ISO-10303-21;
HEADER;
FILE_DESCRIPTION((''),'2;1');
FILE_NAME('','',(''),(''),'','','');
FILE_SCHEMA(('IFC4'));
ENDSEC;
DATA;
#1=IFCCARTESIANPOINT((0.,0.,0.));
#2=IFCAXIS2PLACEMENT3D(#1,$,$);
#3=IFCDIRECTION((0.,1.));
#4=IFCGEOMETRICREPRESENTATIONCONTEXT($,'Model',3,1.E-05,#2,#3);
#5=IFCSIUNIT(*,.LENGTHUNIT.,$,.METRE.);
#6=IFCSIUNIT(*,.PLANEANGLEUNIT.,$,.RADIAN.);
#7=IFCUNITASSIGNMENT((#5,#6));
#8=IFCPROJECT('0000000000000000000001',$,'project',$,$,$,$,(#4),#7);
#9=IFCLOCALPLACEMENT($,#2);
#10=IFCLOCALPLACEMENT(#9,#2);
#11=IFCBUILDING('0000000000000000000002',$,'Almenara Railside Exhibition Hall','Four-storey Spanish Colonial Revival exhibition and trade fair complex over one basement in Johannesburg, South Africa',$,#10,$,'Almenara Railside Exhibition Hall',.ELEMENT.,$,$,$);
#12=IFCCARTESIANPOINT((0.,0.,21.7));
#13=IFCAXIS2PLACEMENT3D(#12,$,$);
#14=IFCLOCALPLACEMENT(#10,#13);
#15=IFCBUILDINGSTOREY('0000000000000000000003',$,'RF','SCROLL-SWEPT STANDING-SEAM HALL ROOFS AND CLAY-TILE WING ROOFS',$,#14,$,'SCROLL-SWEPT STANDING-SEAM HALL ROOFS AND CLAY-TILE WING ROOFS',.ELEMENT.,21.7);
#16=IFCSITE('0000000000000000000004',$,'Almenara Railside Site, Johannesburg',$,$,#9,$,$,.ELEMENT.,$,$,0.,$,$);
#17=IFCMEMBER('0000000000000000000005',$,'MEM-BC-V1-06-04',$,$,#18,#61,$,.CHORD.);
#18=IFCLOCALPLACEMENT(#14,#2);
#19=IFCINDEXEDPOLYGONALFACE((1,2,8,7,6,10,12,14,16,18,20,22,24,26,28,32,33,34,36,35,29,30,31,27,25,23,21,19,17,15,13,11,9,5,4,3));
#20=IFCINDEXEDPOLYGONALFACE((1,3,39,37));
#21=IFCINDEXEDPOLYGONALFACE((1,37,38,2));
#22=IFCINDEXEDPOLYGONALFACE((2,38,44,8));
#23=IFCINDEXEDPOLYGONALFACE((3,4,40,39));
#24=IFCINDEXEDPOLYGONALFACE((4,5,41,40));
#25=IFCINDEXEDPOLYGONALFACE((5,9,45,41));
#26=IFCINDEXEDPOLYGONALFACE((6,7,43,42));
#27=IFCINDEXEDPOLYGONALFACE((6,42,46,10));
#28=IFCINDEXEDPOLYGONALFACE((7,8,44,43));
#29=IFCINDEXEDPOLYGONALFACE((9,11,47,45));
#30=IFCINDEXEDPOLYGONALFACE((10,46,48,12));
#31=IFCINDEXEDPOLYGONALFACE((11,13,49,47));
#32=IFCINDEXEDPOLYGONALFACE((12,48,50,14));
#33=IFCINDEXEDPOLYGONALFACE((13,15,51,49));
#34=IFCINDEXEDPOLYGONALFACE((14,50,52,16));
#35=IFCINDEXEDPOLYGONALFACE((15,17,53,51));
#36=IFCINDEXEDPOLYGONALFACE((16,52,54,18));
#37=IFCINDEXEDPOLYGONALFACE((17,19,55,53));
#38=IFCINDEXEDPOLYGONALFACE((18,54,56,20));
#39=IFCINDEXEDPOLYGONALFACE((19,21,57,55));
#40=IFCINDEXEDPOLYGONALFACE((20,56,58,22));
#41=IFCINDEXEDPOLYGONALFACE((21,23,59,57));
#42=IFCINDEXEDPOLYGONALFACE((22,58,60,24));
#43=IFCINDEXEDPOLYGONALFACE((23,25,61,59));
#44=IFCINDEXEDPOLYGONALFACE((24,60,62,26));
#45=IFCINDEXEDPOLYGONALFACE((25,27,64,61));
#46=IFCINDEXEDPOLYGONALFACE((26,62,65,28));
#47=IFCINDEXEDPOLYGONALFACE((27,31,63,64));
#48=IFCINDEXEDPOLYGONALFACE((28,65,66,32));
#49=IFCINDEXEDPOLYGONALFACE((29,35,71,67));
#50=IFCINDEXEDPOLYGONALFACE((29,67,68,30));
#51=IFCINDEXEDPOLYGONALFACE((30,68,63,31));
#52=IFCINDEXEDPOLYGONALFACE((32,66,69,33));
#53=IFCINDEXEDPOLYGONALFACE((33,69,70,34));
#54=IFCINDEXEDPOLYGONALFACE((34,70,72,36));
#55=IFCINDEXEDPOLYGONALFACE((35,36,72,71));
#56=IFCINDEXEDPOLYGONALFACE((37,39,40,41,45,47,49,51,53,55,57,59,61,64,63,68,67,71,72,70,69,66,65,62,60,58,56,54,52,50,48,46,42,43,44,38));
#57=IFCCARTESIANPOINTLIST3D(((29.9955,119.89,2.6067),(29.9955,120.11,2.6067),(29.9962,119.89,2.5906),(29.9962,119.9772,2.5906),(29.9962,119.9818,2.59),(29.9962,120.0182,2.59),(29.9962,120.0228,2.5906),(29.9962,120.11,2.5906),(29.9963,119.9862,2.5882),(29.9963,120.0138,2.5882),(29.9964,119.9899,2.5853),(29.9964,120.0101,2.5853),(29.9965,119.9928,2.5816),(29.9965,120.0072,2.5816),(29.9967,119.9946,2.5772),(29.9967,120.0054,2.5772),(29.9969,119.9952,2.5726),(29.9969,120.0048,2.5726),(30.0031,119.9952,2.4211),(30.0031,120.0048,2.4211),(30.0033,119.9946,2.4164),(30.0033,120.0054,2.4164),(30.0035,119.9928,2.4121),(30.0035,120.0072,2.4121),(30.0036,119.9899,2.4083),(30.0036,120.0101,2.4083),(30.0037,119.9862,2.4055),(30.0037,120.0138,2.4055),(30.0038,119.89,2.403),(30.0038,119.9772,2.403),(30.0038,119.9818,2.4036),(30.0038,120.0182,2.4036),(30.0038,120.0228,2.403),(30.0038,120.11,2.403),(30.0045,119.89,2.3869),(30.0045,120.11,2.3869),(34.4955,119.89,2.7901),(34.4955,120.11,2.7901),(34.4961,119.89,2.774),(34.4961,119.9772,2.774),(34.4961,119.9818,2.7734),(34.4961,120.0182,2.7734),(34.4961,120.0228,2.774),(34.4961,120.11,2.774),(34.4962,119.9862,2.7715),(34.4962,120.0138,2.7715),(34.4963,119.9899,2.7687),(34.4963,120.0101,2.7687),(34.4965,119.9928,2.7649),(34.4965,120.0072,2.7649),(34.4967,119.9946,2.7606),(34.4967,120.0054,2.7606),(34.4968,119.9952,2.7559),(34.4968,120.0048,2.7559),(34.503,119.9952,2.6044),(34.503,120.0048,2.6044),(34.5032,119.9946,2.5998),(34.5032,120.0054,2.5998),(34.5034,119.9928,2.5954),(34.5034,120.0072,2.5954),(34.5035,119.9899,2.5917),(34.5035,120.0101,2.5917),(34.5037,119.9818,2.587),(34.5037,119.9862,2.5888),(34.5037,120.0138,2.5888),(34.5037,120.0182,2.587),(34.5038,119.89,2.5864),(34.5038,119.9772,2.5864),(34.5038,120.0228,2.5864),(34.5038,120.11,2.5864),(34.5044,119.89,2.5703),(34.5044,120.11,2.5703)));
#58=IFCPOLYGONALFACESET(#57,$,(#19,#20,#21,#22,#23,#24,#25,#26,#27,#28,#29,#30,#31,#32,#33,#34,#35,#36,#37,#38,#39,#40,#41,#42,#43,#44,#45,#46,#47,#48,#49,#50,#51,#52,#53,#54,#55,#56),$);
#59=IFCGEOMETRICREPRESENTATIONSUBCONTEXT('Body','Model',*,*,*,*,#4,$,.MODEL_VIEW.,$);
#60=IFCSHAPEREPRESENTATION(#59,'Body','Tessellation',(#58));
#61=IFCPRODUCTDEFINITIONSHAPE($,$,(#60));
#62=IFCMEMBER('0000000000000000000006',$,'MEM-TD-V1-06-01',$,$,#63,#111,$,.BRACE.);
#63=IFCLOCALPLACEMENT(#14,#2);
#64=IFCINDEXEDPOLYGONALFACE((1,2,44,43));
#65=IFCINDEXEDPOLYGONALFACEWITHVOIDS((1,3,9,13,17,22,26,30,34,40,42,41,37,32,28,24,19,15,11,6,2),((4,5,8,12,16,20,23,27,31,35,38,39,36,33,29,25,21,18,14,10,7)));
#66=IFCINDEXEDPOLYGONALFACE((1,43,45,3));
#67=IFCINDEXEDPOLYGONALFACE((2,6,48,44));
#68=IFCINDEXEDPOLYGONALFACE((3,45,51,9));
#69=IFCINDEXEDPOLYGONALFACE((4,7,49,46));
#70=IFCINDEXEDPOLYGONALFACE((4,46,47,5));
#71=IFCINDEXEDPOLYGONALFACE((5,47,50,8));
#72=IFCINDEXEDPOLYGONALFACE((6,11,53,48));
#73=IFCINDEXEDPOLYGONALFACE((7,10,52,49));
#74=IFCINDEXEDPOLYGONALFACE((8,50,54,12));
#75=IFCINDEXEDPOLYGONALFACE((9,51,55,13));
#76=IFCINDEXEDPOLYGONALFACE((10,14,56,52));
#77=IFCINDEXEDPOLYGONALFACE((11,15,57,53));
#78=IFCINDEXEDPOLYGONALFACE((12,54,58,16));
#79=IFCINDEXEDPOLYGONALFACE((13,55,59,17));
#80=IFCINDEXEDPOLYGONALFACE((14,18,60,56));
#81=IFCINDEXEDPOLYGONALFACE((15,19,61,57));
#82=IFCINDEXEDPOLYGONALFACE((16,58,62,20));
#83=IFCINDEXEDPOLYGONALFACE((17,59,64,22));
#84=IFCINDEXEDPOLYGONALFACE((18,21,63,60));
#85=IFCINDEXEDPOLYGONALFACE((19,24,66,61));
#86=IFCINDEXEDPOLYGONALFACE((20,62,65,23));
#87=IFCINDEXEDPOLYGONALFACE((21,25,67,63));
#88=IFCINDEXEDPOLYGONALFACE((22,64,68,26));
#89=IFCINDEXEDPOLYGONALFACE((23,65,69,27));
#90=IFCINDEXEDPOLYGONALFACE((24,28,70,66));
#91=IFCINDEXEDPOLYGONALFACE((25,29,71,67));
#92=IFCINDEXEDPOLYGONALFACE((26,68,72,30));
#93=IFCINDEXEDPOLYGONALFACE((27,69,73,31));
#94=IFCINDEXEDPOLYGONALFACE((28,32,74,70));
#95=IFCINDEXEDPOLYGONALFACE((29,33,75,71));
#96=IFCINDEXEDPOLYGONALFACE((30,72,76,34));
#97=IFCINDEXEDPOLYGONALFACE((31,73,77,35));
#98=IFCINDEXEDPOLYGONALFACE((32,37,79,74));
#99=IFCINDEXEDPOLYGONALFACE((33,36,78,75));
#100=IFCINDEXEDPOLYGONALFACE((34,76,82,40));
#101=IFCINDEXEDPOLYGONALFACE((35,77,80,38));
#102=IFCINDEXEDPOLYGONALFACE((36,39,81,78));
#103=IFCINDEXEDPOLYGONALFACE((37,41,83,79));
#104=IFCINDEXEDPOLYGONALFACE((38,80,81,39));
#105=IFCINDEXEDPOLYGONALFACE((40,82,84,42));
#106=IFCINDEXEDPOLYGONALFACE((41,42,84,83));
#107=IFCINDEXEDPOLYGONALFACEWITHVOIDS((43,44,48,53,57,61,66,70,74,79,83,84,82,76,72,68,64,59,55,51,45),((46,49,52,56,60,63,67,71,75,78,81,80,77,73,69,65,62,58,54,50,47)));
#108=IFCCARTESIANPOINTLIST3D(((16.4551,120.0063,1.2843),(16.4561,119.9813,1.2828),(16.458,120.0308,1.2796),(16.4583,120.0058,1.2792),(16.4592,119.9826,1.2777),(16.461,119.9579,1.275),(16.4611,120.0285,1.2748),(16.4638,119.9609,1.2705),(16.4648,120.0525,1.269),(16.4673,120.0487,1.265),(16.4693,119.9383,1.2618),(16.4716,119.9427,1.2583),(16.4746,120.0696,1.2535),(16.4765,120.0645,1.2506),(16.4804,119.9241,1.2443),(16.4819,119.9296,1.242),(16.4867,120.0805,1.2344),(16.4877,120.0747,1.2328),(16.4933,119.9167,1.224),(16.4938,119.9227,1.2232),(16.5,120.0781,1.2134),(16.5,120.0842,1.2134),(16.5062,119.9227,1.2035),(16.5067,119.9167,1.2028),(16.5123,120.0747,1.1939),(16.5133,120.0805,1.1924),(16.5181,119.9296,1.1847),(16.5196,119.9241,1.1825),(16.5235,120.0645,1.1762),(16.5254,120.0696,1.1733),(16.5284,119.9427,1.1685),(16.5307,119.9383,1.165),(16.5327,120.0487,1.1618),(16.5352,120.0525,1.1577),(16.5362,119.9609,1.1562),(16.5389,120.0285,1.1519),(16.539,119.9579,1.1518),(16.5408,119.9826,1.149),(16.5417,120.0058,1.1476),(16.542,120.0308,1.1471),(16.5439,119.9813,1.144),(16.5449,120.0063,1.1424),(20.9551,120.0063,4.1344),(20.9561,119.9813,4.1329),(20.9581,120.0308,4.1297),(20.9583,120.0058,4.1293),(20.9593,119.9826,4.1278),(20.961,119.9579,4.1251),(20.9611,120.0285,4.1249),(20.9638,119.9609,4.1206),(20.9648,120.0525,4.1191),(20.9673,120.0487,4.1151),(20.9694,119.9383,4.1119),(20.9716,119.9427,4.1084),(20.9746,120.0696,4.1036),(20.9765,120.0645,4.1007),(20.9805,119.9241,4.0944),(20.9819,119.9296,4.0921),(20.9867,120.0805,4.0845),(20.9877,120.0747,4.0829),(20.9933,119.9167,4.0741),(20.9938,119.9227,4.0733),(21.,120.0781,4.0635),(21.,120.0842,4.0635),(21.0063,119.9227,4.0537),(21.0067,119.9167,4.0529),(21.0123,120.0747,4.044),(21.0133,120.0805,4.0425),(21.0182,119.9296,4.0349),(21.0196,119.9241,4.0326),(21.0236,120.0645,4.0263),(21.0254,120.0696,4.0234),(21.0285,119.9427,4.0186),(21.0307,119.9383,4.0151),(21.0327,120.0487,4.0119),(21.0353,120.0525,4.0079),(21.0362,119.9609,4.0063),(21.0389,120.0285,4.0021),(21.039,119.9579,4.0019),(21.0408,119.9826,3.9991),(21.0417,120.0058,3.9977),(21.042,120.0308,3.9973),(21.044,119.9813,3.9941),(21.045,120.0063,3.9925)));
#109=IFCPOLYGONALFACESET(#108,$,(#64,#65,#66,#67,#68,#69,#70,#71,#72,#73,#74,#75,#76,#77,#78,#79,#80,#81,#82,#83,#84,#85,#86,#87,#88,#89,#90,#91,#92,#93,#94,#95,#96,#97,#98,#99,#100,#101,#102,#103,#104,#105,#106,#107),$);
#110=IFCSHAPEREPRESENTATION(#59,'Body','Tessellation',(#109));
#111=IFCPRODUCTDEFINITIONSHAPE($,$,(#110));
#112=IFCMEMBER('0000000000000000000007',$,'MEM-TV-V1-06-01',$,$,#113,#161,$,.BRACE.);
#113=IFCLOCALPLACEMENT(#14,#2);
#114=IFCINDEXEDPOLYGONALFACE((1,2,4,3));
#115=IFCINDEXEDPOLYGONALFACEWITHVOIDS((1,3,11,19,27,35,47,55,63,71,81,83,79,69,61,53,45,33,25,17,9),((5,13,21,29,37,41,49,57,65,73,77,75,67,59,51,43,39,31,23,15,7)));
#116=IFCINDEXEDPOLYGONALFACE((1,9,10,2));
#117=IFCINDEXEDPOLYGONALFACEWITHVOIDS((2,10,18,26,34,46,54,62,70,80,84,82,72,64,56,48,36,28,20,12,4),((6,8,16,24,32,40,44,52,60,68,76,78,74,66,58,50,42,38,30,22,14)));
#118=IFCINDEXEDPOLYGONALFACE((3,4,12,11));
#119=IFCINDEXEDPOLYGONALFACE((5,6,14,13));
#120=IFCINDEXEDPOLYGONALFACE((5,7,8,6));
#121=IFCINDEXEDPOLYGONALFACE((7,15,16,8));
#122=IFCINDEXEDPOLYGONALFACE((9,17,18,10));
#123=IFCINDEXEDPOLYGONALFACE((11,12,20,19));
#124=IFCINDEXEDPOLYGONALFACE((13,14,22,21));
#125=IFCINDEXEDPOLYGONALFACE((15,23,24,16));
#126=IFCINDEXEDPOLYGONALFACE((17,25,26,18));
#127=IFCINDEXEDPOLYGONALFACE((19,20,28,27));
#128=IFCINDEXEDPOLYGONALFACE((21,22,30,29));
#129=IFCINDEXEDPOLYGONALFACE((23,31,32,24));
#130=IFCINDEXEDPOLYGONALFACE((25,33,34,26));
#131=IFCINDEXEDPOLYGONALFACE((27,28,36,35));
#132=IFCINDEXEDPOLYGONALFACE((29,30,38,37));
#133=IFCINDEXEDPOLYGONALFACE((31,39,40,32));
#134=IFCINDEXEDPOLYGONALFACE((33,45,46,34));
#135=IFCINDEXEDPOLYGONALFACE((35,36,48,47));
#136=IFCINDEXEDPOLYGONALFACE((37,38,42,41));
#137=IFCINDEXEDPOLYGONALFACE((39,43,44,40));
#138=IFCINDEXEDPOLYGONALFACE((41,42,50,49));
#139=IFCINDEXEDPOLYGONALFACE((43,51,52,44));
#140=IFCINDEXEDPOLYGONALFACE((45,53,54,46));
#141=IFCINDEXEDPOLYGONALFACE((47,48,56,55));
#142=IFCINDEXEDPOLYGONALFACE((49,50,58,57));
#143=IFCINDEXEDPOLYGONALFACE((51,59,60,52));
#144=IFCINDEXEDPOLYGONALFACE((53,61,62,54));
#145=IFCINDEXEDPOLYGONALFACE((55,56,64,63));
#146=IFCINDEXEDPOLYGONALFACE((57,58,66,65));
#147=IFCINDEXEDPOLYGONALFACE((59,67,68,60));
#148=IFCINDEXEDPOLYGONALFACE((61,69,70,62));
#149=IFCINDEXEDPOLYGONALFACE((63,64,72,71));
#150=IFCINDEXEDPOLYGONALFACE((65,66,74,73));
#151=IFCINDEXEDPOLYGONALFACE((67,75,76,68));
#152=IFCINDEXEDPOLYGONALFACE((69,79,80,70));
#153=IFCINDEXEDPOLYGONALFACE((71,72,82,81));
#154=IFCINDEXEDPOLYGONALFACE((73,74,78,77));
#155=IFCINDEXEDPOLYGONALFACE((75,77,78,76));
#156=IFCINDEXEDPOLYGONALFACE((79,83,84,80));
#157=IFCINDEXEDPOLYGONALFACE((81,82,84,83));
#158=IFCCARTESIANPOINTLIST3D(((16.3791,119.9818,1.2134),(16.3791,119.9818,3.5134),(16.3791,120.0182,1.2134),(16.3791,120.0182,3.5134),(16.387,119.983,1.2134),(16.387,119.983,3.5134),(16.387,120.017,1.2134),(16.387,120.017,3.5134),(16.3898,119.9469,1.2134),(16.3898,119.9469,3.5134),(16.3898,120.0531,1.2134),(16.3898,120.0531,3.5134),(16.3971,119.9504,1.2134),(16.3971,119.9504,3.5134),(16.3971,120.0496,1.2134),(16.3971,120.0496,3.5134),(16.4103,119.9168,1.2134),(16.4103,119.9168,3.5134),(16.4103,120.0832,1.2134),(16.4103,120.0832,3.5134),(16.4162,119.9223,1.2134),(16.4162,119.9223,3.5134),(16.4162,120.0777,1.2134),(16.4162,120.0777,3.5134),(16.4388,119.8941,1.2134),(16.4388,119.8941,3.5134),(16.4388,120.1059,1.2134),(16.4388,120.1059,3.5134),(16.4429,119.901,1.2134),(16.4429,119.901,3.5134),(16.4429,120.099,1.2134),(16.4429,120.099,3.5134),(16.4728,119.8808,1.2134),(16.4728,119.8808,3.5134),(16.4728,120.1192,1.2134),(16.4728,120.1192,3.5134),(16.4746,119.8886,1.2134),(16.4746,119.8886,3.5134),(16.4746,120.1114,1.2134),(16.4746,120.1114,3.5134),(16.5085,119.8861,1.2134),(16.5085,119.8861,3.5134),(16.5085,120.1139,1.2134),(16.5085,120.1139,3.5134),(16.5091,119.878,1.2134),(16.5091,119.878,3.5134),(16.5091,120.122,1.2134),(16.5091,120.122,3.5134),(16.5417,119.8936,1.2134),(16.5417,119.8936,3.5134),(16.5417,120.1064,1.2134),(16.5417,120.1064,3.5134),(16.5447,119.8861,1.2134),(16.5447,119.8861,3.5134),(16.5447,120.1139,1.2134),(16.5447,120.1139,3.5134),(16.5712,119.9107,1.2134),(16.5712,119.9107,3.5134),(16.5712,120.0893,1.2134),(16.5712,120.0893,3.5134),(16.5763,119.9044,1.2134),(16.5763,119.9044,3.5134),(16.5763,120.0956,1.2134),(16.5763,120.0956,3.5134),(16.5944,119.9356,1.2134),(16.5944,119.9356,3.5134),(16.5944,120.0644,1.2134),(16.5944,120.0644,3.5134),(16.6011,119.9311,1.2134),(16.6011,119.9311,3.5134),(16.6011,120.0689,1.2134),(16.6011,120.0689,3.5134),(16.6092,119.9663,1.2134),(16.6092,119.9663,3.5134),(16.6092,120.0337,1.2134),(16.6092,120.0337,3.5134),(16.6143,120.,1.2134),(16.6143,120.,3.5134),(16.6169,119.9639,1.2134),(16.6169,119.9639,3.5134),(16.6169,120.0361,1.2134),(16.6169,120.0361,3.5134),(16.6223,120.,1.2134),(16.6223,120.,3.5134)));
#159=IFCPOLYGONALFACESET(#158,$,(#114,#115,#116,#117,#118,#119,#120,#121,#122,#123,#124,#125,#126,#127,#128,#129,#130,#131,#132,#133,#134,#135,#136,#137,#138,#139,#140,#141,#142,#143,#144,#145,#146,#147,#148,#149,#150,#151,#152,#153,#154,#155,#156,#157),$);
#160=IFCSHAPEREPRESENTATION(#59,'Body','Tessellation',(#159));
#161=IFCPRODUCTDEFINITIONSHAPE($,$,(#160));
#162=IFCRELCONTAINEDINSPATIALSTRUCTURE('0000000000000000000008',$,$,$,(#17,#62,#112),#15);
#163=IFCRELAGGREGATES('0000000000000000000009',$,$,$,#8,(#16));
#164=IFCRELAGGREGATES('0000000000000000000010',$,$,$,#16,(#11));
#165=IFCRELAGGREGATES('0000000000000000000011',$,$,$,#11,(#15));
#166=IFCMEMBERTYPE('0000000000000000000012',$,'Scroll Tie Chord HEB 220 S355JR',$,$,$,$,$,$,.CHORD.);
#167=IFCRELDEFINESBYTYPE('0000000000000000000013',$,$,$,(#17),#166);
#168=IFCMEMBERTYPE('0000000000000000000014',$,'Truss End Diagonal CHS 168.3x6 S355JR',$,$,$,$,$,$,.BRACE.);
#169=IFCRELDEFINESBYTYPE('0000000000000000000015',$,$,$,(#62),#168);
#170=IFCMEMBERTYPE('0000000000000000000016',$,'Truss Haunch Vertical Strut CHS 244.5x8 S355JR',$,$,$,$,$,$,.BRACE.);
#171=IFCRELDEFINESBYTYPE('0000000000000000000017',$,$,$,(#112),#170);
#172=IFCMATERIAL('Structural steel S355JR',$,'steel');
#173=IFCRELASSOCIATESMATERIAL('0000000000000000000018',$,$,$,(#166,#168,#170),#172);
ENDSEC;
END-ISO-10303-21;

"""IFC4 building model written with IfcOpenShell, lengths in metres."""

from ifc_helpers import new_model, si_unit, direction, frame, origin, origin_2d, place, context, subcontext, project, spatial, hollow_circle, i_section, extrude, material, material_profile, profile_set, type_object, element, save


model = new_model("IFC4")

# Units and contexts
model_context = context("Model", 3, precision=1e-05, world=origin(), true_north=direction((0.0, 1.0)))
body_context = subcontext(model_context, "Body", "Model", "MODEL_VIEW")
ifc_project = project(units=[si_unit("LENGTHUNIT", "METRE"), si_unit("PLANEANGLEUNIT", "RADIAN")], contexts=[model_context])

# Site, building, storey
site_placement = place(None, origin())
site = spatial("IfcSite", under=ifc_project, at=site_placement, Name="Almenara Railside Site, Johannesburg", CompositionType="ELEMENT", RefElevation=0.0)
building_placement = place(site_placement, origin())
building = spatial("IfcBuilding", under=site, at=building_placement, Name="Almenara Railside Exhibition Hall", Description="Four-storey Spanish Colonial Revival exhibition and trade fair complex over one basement in Johannesburg, South Africa", LongName="Almenara Railside Exhibition Hall", CompositionType="ELEMENT")
storey_placement = place(building_placement, frame((0.0, 0.0, 21.7)))
storey = spatial("IfcBuildingStorey", under=building, at=storey_placement, Name="RF", Description="SCROLL-SWEPT STANDING-SEAM HALL ROOFS AND CLAY-TILE WING ROOFS", LongName="SCROLL-SWEPT STANDING-SEAM HALL ROOFS AND CLAY-TILE WING ROOFS", CompositionType="ELEMENT", Elevation=21.7)

# Members
ifc_material_1 = material(Name="Structural steel S355JR", Category="steel")
ifc_material_profile_1 = material_profile(ifc_material_1, i_section(OverallWidth=0.22, OverallDepth=0.22, WebThickness=0.0095, FlangeThickness=0.0161, FilletRadius=0.0181, at=origin_2d()), Name="HEB 220")
ifc_profile_set_1 = profile_set([ifc_material_profile_1], Name="Structural steel S355JR")
member_type_1 = type_object("IfcMemberType", Name="Scroll Tie Chord HEB 220 S355JR", PredefinedType="CHORD", material=ifc_profile_set_1)
member_1_placement = place(storey_placement, frame((30.0, 120.0, 2.4968), z_axis=(0.999171, 0.0, 0.040711), x_axis=(0.0, 1.0, 0.0)))
element("IfcMember", 1, at=member_1_placement, inside=storey, type_object=member_type_1, Name="MEM-BC-V1-06-04", PredefinedType="CHORD", context=body_context, shape_type="SweptSolid", body=[
    extrude(i_section(OverallWidth=0.22, OverallDepth=0.22, WebThickness=0.0095, FlangeThickness=0.0161, FilletRadius=0.0181, at=origin_2d()), origin(), (0.0, 0.0, 1.0), 4.5037),
])
ifc_material_profile_2 = material_profile(ifc_material_1, hollow_circle(Radius=0.0842, WallThickness=0.0061, at=origin_2d()), Name="CHS 168.3x6")
ifc_profile_set_2 = profile_set([ifc_material_profile_2], Name="Structural steel S355JR")
member_type_2 = type_object("IfcMemberType", Name="Truss End Diagonal CHS 168.3x6 S355JR", PredefinedType="BRACE", material=ifc_profile_set_2)
member_2_placement = place(storey_placement, frame((16.5, 120.0, 1.2134), z_axis=(0.844811, 0.0, 0.535065), x_axis=(0.0, 1.0, 0.0)))
element("IfcMember", 2, at=member_2_placement, inside=storey, type_object=member_type_2, Name="MEM-TD-V1-06-01", PredefinedType="BRACE", context=body_context, shape_type="SweptSolid", body=[
    extrude(hollow_circle(Radius=0.0842, WallThickness=0.0061, at=origin_2d()), origin(), (0.0, 0.0, 1.0), 5.3267),
])
ifc_material_profile_3 = material_profile(ifc_material_1, hollow_circle(Radius=0.1223, WallThickness=0.0081, at=origin_2d()), Name="CHS 244.5x8")
ifc_profile_set_3 = profile_set([ifc_material_profile_3], Name="Structural steel S355JR")
member_type_3 = type_object("IfcMemberType", Name="Truss Haunch Vertical Strut CHS 244.5x8 S355JR", PredefinedType="BRACE", material=ifc_profile_set_3)
member_3_placement = place(storey_placement, frame((16.5, 120.0, 1.2134), z_axis=(0.0, 0.0, 1.0), x_axis=(1.0, 0.0, 0.0)))
element("IfcMember", 3, at=member_3_placement, inside=storey, type_object=member_type_3, Name="MEM-TV-V1-06-01", PredefinedType="BRACE", context=body_context, shape_type="SweptSolid", body=[
    extrude(hollow_circle(Radius=0.1223, WallThickness=0.0081, at=origin_2d()), origin(), (0.0, 0.0, 1.0), 2.3),
])

save(model, "model.ifc")
